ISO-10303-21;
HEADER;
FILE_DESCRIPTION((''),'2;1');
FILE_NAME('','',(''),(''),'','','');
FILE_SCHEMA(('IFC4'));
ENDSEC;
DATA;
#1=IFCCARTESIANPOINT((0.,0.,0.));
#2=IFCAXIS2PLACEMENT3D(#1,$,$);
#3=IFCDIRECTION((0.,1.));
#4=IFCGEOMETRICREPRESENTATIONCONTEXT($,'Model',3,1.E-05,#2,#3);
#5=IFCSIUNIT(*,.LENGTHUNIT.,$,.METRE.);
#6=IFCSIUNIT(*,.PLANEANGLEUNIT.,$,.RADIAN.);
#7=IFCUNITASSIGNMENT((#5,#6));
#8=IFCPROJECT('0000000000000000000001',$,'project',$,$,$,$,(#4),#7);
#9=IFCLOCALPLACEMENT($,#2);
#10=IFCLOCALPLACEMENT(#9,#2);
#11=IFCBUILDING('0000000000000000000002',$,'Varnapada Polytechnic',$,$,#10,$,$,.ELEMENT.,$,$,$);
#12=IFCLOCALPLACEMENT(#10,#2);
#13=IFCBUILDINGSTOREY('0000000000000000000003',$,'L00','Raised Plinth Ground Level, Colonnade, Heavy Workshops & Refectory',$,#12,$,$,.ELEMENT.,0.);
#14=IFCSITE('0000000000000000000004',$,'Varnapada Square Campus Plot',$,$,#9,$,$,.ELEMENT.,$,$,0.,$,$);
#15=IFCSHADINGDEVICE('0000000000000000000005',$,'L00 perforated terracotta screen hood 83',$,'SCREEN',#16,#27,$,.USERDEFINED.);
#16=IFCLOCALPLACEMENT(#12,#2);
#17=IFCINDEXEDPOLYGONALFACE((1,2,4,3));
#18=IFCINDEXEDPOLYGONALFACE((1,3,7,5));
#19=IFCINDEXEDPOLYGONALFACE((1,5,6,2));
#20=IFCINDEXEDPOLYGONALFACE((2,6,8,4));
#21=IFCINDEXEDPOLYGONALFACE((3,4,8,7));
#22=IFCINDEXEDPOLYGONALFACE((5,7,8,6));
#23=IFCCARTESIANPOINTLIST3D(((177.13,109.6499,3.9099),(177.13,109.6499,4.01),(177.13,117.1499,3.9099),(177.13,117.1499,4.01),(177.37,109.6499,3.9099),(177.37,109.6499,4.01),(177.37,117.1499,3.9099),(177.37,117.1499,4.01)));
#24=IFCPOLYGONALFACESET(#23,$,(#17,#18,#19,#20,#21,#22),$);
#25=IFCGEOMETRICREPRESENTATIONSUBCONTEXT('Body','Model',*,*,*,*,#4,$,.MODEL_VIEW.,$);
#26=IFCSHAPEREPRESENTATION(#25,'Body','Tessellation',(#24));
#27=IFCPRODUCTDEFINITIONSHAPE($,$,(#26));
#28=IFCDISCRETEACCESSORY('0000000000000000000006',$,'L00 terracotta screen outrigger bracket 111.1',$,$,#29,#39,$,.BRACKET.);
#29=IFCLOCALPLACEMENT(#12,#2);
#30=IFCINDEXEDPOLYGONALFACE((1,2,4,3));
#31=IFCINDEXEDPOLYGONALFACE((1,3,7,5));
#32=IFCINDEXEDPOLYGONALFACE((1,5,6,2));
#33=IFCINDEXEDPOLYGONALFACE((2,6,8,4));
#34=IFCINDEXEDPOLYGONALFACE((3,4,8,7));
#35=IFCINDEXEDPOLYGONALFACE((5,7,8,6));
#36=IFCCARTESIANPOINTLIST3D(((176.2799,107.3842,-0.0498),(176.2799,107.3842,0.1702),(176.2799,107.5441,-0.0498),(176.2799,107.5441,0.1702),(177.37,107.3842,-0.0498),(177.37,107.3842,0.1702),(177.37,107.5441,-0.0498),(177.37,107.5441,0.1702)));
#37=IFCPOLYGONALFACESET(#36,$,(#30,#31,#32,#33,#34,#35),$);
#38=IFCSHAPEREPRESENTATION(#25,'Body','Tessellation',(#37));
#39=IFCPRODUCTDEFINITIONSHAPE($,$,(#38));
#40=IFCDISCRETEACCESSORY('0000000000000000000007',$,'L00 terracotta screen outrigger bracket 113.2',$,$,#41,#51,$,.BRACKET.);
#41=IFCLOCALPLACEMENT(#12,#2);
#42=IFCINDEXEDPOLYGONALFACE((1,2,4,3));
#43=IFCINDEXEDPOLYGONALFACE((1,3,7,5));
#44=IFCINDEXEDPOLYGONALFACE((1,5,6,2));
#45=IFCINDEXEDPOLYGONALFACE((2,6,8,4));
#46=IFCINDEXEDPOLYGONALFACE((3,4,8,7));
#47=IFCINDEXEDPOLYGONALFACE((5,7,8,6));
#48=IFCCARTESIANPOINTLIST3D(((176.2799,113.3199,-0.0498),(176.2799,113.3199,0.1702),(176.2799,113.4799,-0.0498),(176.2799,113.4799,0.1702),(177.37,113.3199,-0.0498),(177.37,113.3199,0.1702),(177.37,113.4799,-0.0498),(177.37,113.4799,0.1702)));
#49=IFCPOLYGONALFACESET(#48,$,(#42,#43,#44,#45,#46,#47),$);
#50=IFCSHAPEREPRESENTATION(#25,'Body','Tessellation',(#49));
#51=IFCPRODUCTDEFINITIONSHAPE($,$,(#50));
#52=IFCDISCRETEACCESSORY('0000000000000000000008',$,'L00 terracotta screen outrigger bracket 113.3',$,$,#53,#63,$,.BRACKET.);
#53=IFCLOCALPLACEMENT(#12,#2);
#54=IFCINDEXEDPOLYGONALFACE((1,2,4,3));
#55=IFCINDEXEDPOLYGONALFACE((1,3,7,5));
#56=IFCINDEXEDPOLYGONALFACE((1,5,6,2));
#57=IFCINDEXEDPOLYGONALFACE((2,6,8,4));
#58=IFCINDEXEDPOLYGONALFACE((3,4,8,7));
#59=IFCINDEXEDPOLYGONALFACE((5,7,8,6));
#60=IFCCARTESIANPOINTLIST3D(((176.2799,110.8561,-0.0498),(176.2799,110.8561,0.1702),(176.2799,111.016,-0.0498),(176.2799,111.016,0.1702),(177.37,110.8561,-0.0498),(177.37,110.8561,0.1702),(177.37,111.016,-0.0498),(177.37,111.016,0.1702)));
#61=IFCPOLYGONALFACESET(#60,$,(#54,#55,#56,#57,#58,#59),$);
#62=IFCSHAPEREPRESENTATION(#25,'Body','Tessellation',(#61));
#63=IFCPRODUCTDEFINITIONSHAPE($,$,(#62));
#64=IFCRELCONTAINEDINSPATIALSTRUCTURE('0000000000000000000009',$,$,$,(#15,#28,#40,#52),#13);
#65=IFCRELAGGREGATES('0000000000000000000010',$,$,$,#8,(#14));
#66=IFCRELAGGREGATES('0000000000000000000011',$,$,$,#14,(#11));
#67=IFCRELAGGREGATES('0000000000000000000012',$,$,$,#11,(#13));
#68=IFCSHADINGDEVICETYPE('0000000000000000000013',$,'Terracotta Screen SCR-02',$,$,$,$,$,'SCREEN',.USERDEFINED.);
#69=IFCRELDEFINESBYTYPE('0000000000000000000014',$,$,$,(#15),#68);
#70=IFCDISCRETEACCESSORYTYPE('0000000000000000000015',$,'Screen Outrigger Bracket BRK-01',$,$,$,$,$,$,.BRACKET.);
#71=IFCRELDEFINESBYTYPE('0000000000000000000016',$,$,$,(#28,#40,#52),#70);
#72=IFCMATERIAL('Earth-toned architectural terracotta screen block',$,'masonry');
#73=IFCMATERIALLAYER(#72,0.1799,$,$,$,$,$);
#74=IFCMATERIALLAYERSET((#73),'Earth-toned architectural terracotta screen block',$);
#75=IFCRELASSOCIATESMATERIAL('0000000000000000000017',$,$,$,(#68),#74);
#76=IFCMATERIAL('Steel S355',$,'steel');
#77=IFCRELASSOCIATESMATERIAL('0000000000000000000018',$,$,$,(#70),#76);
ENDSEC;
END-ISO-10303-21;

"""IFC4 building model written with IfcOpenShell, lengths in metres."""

from ifc_helpers import new_model, si_unit, direction, frame, origin, origin_2d, place, context, subcontext, project, spatial, rectangle, extrude, material, layer, layer_set, type_object, element, save


model = new_model("IFC4")

# Units and contexts
model_context = context("Model", 3, precision=1e-05, world=origin(), true_north=direction((0.0, 1.0)))
body_context = subcontext(model_context, "Body", "Model", "MODEL_VIEW")
ifc_project = project(units=[si_unit("LENGTHUNIT", "METRE"), si_unit("PLANEANGLEUNIT", "RADIAN")], contexts=[model_context])

# Site, building, storey
site_placement = place(None, origin())
site = spatial("IfcSite", under=ifc_project, at=site_placement, Name="Varnapada Square Campus Plot", CompositionType="ELEMENT", RefElevation=0.0)
building_placement = place(site_placement, origin())
building = spatial("IfcBuilding", under=site, at=building_placement, Name="Varnapada Polytechnic", CompositionType="ELEMENT")
storey_placement = place(building_placement, origin())
storey = spatial("IfcBuildingStorey", under=building, at=storey_placement, Name="L00", Description="Raised Plinth Ground Level, Colonnade, Heavy Workshops & Refectory", CompositionType="ELEMENT", Elevation=0.0)

# Shared definitions
ifc_material_1 = material(Name="Earth-toned architectural terracotta screen block", Category="masonry")

# Shading device
ifc_layer_1 = layer(ifc_material_1, 0.1799)
ifc_layer_set_1 = layer_set([ifc_layer_1], Name="Earth-toned architectural terracotta screen block")
shading_device_type = type_object("IfcShadingDeviceType", Name="Terracotta Screen SCR-02", ElementType="SCREEN", PredefinedType="USERDEFINED", material=ifc_layer_set_1)
for number, where, z_axis, x_axis, name in (
    (1, (177.25, 113.3999, 3.9099), (0.0, 0.0, 1.0), (0.0, -1.0, 0.0), "L00 perforated terracotta screen hood 83"),
):
    element("IfcShadingDevice", number, at=place(storey_placement, frame(where, z_axis=z_axis, x_axis=x_axis)), inside=storey, type_object=shading_device_type, Name=name, ObjectType="SCREEN", PredefinedType="USERDEFINED", context=body_context, shape_type="SweptSolid", body=[
        extrude(rectangle(XDim=7.5, YDim=0.24, at=origin_2d()), origin(), (0.0, 0.0, 1.0), 0.1001),
    ])

# Discrete accessories
ifc_material_2 = material(Name="Steel S355", Category="steel")
discrete_accessory_type = type_object("IfcDiscreteAccessoryType", Name="Screen Outrigger Bracket BRK-01", PredefinedType="BRACKET", material=ifc_material_2)
for number, where, z_axis, x_axis, name in (
    (2, (176.825, 107.4641, -0.0498), (0.0, 0.0, 1.0), (0.0, -1.0, 0.0), "L00 terracotta screen outrigger bracket 111.1"),
    (3, (176.825, 113.3999, -0.0498), (0.0, 0.0, 1.0), (0.0, -1.0, 0.0), "L00 terracotta screen outrigger bracket 113.2"),
    (4, (176.825, 110.936, -0.0498), (0.0, 0.0, 1.0), (0.0, -1.0, 0.0), "L00 terracotta screen outrigger bracket 113.3"),
):
    element("IfcDiscreteAccessory", number, at=place(storey_placement, frame(where, z_axis=z_axis, x_axis=x_axis)), inside=storey, type_object=discrete_accessory_type, Name=name, PredefinedType="BRACKET", context=body_context, shape_type="SweptSolid", body=[
        extrude(rectangle(XDim=0.1599, YDim=1.0901, at=origin_2d()), origin(), (0.0, 0.0, 1.0), 0.22),
    ])

save(model, "model.ifc")
